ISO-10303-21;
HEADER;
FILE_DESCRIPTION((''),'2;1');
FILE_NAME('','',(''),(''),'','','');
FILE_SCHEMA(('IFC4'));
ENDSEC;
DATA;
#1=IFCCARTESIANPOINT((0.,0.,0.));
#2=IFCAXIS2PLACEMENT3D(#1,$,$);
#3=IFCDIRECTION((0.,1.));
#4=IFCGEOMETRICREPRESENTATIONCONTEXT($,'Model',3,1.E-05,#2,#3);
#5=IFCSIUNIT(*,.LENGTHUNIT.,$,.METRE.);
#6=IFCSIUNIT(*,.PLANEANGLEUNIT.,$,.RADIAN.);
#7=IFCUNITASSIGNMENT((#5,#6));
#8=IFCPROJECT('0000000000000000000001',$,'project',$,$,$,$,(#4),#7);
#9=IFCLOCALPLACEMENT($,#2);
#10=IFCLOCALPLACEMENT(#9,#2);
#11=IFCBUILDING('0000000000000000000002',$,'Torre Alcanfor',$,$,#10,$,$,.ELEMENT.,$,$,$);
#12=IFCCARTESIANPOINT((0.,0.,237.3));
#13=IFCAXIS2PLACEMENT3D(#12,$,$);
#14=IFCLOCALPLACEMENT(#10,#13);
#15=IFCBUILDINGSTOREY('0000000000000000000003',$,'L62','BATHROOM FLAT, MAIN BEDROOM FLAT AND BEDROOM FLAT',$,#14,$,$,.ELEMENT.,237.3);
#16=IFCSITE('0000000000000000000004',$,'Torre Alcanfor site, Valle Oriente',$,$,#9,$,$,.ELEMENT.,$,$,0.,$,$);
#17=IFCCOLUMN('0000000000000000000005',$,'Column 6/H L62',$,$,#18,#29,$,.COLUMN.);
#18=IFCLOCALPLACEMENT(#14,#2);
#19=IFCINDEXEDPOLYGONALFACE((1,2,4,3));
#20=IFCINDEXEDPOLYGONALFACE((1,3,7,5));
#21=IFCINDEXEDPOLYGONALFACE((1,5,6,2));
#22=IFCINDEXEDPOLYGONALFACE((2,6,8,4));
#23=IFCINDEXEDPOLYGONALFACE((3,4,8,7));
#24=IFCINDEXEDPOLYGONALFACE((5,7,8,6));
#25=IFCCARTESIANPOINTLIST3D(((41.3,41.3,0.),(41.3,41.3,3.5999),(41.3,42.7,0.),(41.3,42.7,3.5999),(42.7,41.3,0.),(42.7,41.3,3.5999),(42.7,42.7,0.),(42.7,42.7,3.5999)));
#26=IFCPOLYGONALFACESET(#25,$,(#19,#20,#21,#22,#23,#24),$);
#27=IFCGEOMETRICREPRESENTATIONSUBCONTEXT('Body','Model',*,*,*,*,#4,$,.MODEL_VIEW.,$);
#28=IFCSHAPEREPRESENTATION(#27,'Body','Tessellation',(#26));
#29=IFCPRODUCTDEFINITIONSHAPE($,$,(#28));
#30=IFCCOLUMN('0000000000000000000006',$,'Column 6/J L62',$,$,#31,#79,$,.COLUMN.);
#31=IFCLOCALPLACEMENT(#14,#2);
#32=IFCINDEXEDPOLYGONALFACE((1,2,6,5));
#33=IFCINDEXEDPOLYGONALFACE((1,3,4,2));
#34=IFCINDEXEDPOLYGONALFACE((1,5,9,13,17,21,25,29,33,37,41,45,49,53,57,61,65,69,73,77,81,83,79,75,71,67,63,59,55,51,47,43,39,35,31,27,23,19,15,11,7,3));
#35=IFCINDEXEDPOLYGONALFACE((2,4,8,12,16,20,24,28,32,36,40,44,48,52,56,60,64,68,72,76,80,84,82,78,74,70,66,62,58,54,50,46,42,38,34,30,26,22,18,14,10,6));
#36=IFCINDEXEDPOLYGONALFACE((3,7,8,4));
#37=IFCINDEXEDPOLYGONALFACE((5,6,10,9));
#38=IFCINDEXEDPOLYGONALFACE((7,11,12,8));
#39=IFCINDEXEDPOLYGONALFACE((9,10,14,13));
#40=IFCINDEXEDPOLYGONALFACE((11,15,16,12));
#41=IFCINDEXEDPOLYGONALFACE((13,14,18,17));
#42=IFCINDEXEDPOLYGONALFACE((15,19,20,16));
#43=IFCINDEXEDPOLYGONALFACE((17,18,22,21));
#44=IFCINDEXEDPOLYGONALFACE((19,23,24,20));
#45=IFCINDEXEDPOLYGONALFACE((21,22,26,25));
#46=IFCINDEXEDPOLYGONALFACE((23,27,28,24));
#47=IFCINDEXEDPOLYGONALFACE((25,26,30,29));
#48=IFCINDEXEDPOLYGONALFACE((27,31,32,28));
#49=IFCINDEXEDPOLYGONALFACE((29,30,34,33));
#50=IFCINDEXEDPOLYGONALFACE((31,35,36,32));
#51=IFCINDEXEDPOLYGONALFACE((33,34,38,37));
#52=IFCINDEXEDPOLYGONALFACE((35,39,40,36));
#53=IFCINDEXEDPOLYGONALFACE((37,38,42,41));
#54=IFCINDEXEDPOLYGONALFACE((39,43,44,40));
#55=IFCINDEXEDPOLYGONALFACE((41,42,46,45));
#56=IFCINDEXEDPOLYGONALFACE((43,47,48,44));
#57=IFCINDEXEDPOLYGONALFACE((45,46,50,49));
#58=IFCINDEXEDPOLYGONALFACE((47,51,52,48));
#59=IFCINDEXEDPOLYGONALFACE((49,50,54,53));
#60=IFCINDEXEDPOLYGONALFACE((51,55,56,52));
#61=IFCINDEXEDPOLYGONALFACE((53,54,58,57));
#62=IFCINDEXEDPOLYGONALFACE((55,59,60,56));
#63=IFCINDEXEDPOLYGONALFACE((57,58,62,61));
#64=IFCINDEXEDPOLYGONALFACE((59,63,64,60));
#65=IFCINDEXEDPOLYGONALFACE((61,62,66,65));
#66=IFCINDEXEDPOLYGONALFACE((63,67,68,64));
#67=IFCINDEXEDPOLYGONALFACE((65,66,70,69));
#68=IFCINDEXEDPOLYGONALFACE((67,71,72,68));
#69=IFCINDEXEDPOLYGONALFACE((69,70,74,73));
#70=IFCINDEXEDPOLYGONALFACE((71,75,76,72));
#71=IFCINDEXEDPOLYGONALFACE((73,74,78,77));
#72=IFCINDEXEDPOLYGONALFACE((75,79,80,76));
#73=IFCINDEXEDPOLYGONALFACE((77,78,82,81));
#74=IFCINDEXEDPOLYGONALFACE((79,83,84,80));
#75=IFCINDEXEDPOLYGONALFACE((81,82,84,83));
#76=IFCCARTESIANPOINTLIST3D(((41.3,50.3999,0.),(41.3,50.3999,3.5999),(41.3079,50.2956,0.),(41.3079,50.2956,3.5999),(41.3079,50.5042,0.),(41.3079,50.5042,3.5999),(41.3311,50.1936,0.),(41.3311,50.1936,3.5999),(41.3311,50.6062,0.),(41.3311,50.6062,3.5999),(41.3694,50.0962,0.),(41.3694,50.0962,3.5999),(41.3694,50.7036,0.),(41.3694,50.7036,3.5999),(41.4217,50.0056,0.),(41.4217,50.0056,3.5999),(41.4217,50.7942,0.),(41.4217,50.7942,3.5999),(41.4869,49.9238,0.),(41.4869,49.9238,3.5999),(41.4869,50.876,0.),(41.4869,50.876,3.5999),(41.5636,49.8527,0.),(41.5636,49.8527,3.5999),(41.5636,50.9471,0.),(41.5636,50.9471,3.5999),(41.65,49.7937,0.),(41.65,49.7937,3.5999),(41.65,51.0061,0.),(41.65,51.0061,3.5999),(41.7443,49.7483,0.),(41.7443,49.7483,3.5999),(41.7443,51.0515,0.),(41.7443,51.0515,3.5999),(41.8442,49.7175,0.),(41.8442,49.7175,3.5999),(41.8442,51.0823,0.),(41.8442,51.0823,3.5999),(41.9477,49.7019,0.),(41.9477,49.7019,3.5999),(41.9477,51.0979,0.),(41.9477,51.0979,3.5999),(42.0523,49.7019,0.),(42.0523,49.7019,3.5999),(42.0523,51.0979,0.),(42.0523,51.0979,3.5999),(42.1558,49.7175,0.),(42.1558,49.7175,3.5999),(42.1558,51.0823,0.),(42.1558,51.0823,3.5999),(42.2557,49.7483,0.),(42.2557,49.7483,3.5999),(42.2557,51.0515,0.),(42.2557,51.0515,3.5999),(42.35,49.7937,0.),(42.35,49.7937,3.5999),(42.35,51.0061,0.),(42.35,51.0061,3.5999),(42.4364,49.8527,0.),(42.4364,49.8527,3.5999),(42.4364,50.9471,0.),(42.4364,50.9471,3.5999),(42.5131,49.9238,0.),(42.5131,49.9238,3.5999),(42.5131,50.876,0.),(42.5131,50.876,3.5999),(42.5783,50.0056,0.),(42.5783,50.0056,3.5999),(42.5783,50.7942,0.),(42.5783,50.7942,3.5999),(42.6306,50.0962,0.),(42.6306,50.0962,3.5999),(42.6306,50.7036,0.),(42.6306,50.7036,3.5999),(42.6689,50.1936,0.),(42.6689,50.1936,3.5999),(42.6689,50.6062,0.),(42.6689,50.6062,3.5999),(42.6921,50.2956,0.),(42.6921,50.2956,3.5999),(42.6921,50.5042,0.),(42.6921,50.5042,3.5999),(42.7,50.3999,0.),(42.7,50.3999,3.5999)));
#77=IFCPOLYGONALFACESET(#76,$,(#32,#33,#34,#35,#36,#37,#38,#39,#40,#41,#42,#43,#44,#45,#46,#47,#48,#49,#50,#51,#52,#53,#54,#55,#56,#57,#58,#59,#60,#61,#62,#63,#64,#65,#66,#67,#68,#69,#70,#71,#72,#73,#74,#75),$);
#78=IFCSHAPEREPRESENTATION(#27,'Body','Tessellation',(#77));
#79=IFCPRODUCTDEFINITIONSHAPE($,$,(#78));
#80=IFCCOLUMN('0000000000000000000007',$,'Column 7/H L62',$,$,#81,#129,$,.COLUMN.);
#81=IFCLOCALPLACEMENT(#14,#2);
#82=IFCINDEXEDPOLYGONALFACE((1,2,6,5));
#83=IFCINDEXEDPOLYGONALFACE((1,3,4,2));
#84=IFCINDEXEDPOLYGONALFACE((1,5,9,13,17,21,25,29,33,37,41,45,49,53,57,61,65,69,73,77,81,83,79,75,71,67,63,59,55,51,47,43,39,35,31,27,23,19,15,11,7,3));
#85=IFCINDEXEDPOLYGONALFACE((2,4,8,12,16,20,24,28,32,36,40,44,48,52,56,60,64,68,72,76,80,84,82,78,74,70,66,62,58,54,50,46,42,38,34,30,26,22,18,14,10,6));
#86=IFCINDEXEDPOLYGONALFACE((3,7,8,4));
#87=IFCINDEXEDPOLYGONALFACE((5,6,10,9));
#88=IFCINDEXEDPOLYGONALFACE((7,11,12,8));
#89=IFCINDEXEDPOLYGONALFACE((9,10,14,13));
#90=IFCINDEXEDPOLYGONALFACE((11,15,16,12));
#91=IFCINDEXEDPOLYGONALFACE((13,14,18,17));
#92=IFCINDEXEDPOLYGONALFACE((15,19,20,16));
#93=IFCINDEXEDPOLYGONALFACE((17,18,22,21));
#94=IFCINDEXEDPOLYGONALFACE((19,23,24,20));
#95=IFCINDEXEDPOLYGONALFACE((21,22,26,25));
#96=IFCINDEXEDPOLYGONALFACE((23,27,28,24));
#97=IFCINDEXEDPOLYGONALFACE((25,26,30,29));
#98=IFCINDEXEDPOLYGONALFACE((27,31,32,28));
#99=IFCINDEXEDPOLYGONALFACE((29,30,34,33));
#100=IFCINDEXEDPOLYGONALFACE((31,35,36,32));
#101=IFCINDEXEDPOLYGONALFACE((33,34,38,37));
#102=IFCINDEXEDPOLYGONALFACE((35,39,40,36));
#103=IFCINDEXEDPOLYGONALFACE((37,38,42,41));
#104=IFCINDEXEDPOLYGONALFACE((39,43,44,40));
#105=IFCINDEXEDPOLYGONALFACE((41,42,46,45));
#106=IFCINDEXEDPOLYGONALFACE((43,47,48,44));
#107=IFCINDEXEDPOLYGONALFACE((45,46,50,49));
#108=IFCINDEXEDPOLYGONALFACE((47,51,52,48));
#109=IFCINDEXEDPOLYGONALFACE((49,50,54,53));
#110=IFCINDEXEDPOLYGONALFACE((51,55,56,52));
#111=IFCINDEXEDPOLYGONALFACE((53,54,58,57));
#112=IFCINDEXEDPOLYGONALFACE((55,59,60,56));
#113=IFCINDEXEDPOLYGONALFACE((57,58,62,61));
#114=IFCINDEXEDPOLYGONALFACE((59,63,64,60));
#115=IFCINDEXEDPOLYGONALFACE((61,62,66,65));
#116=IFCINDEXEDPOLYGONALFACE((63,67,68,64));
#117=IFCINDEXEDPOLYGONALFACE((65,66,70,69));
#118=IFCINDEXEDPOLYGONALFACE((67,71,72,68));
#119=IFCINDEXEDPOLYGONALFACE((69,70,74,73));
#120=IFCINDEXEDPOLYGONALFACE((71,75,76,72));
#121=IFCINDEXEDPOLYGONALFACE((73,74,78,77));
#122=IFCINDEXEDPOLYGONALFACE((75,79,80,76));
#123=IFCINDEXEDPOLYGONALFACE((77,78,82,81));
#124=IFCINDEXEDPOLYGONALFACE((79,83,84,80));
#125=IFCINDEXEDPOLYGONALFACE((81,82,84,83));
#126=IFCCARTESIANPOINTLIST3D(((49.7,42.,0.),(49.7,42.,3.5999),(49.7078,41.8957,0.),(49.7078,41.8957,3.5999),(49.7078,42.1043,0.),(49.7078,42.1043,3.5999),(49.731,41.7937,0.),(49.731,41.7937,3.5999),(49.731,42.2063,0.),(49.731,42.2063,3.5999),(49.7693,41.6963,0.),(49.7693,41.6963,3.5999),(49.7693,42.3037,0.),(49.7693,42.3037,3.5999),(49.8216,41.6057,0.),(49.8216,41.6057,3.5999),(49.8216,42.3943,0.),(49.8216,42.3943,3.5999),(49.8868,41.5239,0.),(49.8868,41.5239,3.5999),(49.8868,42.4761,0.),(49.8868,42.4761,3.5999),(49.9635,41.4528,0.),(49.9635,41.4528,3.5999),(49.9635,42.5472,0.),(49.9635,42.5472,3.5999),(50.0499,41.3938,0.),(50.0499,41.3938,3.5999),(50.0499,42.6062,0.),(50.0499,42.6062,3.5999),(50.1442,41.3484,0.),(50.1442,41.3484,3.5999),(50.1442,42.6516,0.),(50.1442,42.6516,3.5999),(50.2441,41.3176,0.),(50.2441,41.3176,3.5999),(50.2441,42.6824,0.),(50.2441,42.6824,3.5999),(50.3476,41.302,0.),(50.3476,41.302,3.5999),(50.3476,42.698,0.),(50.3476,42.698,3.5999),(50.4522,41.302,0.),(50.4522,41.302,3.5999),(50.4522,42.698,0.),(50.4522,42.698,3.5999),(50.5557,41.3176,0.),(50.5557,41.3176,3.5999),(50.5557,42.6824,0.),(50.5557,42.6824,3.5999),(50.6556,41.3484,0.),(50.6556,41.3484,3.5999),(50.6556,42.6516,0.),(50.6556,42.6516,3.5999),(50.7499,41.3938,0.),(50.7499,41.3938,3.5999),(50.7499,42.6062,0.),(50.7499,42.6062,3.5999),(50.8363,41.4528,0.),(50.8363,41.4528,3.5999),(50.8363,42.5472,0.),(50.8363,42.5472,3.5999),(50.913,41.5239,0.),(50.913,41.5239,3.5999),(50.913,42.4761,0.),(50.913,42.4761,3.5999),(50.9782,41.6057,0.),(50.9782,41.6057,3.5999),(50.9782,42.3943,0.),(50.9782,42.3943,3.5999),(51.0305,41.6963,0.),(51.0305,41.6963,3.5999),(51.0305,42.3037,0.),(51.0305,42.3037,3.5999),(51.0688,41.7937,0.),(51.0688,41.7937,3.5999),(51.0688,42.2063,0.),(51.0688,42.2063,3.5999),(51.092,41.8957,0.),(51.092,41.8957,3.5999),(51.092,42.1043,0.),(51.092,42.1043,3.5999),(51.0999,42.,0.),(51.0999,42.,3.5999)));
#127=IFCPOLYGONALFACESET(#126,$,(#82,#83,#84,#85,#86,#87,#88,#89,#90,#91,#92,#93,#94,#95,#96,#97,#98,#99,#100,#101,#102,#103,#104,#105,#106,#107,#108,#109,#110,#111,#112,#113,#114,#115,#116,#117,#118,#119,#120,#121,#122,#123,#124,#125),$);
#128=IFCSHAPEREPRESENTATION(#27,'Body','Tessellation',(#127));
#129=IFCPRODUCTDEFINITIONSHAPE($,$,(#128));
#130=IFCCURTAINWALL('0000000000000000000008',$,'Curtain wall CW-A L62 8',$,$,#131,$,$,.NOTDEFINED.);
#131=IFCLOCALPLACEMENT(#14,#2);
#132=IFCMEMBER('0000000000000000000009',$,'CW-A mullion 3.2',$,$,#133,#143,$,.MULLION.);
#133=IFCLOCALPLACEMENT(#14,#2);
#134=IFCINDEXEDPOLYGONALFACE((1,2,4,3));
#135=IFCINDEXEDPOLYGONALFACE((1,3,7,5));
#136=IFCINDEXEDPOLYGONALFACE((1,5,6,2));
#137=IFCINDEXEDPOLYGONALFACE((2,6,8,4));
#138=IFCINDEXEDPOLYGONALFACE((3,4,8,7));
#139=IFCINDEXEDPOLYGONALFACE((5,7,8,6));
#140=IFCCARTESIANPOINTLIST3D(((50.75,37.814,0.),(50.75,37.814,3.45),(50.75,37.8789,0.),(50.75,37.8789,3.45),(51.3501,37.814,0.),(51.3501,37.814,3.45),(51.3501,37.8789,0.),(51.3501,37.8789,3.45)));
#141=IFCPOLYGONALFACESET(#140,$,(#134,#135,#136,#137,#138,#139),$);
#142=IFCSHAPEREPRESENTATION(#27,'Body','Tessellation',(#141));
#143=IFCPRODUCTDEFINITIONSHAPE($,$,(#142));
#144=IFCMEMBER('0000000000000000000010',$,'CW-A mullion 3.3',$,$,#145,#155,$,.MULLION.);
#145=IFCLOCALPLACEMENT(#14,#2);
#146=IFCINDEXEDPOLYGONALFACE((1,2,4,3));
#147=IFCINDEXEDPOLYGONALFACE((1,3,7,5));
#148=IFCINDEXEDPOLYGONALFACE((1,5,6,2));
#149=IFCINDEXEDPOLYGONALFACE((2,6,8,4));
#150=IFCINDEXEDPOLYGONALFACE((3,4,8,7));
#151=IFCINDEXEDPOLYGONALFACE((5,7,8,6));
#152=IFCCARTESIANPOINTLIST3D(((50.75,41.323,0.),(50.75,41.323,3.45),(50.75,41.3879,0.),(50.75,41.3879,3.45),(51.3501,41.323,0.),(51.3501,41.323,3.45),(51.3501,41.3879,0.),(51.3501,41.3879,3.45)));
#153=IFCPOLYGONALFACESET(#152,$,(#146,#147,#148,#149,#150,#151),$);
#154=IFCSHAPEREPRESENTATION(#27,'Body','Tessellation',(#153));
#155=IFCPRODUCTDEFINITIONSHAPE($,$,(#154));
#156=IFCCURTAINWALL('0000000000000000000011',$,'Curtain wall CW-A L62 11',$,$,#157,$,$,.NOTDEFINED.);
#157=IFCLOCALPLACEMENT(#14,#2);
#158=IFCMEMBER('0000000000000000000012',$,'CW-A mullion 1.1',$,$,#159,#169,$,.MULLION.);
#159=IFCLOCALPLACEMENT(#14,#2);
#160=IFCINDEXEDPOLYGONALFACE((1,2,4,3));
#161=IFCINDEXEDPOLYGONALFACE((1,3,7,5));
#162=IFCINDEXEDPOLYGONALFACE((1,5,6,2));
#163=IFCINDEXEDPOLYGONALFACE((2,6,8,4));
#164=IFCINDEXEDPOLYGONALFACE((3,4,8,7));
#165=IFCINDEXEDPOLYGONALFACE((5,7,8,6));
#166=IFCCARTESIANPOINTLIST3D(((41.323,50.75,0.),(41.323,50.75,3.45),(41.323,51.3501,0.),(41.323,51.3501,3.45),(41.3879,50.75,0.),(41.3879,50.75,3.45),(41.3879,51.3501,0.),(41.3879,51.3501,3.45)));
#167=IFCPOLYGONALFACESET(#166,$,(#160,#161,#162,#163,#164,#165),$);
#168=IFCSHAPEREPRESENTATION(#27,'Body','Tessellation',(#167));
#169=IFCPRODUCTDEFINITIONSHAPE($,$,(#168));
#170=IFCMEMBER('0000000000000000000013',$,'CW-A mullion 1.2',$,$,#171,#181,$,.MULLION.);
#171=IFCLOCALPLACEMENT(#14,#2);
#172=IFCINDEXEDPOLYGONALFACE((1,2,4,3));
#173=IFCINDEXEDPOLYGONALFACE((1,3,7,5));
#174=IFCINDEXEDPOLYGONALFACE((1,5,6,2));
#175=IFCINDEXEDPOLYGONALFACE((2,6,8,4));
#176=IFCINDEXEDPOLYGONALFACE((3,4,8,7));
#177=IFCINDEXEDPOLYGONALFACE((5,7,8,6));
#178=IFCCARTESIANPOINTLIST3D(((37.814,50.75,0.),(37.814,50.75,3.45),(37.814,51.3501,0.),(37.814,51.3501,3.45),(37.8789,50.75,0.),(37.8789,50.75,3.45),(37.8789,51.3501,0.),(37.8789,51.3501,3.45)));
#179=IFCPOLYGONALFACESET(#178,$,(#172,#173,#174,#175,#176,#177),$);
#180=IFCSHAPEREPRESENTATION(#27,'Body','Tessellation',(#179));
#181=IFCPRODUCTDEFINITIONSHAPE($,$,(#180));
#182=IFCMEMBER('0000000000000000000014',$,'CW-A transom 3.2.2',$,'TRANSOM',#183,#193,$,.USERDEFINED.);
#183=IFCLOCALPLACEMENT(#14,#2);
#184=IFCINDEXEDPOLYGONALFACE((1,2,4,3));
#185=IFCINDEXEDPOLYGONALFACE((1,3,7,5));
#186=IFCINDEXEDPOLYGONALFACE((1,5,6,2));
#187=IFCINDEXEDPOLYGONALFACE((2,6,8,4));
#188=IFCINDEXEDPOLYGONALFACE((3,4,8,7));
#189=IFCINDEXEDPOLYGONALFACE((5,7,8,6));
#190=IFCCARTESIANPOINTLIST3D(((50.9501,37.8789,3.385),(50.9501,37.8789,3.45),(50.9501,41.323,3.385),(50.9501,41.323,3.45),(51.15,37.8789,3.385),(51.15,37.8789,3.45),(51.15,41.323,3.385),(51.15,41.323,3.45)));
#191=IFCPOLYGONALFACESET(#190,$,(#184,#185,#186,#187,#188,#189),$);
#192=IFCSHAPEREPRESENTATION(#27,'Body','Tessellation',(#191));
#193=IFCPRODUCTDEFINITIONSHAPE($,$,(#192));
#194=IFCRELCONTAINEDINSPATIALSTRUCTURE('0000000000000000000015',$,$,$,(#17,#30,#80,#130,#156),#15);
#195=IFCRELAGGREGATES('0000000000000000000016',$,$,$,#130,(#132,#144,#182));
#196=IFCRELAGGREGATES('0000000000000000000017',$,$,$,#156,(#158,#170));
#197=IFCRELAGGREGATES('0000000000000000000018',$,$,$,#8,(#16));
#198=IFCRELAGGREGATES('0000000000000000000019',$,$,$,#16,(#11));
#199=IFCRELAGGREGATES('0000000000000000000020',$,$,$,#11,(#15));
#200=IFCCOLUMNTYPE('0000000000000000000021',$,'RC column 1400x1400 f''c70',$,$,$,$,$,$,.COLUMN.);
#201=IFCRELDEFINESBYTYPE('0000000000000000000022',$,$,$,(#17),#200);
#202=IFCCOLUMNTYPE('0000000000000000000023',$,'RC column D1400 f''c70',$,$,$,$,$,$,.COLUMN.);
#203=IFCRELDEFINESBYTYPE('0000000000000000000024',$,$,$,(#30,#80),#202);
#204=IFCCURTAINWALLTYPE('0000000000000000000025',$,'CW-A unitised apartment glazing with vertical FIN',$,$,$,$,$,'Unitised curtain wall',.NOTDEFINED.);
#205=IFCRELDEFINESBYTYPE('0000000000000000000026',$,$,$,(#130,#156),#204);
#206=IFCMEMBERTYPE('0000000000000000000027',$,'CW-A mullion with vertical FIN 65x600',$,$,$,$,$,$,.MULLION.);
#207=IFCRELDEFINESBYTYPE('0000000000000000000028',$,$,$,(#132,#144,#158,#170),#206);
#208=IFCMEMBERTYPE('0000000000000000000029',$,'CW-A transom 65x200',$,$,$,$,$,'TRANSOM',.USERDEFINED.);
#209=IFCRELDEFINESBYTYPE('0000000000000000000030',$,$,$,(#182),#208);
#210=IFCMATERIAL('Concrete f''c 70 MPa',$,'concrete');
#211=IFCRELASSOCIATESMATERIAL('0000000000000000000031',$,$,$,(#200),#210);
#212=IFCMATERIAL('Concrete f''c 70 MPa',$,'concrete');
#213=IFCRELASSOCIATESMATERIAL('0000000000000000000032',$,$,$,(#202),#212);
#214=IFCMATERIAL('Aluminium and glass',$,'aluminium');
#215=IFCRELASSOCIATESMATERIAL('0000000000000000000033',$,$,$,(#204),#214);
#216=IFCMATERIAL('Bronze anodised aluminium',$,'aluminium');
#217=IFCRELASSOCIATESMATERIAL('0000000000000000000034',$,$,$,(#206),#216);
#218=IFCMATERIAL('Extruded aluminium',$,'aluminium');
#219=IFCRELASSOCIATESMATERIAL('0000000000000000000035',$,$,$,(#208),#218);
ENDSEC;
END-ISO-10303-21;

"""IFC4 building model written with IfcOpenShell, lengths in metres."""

from ifc_helpers import new_model, si_unit, direction, frame, origin, origin_2d, place, context, subcontext, project, spatial, rectangle, circle, extrude, material, material_profile, profile_set, type_object, element, aggregate, save


model = new_model("IFC4")

# Units and contexts
model_context = context("Model", 3, precision=1e-05, world=origin(), true_north=direction((0.0, 1.0)))
body_context = subcontext(model_context, "Body", "Model", "MODEL_VIEW")
ifc_project = project(units=[si_unit("LENGTHUNIT", "METRE"), si_unit("PLANEANGLEUNIT", "RADIAN")], contexts=[model_context])

# Site, building, storey
site_placement = place(None, origin())
site = spatial("IfcSite", under=ifc_project, at=site_placement, Name="Torre Alcanfor site, Valle Oriente", CompositionType="ELEMENT", RefElevation=0.0)
building_placement = place(site_placement, origin())
building = spatial("IfcBuilding", under=site, at=building_placement, Name="Torre Alcanfor", CompositionType="ELEMENT")
storey_placement = place(building_placement, frame((0.0, 0.0, 237.3)))
storey = spatial("IfcBuildingStorey", under=building, at=storey_placement, Name="L62", Description="BATHROOM FLAT, MAIN BEDROOM FLAT AND BEDROOM FLAT", CompositionType="ELEMENT", Elevation=237.3)

# Columns
ifc_material_1 = material(Name="Concrete f'c 70 MPa", Category="concrete")
ifc_material_profile_1 = material_profile(ifc_material_1, rectangle(XDim=1.3999, YDim=1.3999, at=origin_2d()), Name="1400x1400")
ifc_profile_set_1 = profile_set([ifc_material_profile_1], Name="Concrete f'c 70 MPa")
column_type_1 = type_object("IfcColumnType", Name="RC column 1400x1400 f'c70", PredefinedType="COLUMN", material=ifc_profile_set_1)
column_placement = place(storey_placement, frame((42.0, 42.0, 0.0), z_axis=(0.0, 0.0, 1.0), x_axis=(1.0, 0.0, 0.0)))
element("IfcColumn", 1, at=column_placement, inside=storey, type_object=column_type_1, Name="Column 6/H L62", PredefinedType="COLUMN", context=body_context, shape_type="SweptSolid", body=[
    extrude(rectangle(XDim=1.3999, YDim=1.3999, at=origin_2d()), origin(), (0.0, 0.0, 1.0), 3.5999),
])
ifc_material_2 = material(Name="Concrete f'c 70 MPa", Category="concrete")
ifc_material_profile_2 = material_profile(ifc_material_2, circle(Radius=0.7, at=origin_2d()), Name="D1400")
ifc_profile_set_2 = profile_set([ifc_material_profile_2], Name="Concrete f'c 70 MPa")
column_type_2 = type_object("IfcColumnType", Name="RC column D1400 f'c70", PredefinedType="COLUMN", material=ifc_profile_set_2)
for number, where, z_axis, x_axis, name in (
    (2, (42.0, 50.3999, 0.0), (0.0, 0.0, 1.0), (1.0, 0.0, 0.0), "Column 6/J L62"),
    (3, (50.3999, 42.0, 0.0), (0.0, 0.0, 1.0), (1.0, 0.0, 0.0), "Column 7/H L62"),
):
    element("IfcColumn", number, at=place(storey_placement, frame(where, z_axis=z_axis, x_axis=x_axis)), inside=storey, type_object=column_type_2, Name=name, PredefinedType="COLUMN", context=body_context, shape_type="SweptSolid", body=[
        extrude(circle(Radius=0.7, at=origin_2d()), origin(), (0.0, 0.0, 1.0), 3.5999),
    ])

# Curtain walls, members
ifc_material_3 = material(Name="Aluminium and glass", Category="aluminium")
curtain_wall_type = type_object("IfcCurtainWallType", Name="CW-A unitised apartment glazing with vertical FIN", ElementType="Unitised curtain wall", PredefinedType="NOTDEFINED", material=ifc_material_3)
curtain_wall_1_placement = place(storey_placement, origin())
curtain_wall_1 = element("IfcCurtainWall", 4, at=curtain_wall_1_placement, inside=storey, type_object=curtain_wall_type, Name="Curtain wall CW-A L62 8", PredefinedType="NOTDEFINED")
ifc_material_4 = material(Name="Bronze anodised aluminium", Category="aluminium")
ifc_material_profile_3 = material_profile(ifc_material_4, rectangle(XDim=0.6001, YDim=0.0649, at=origin_2d()), Name="CW-A mullion 65x600")
ifc_profile_set_3 = profile_set([ifc_material_profile_3], Name="Bronze anodised aluminium")
member_type_1 = type_object("IfcMemberType", Name="CW-A mullion with vertical FIN 65x600", PredefinedType="MULLION", material=ifc_profile_set_3)
member_1_placement = place(storey_placement, frame((51.05, 37.8464, 0.0), z_axis=(0.0, 0.0, 1.0), x_axis=(-1.0, 0.0, 0.0)))
member_1 = element("IfcMember", 5, at=member_1_placement, type_object=member_type_1, Name="CW-A mullion 3.2", PredefinedType="MULLION", context=body_context, shape_type="SweptSolid", body=[
    extrude(rectangle(XDim=0.6001, YDim=0.0649, at=origin_2d()), origin(), (0.0, 0.0, 1.0), 3.45),
])
member_2_placement = place(storey_placement, frame((51.05, 41.3555, 0.0), z_axis=(0.0, 0.0, 1.0), x_axis=(-1.0, 0.0, 0.0)))
member_2 = element("IfcMember", 6, at=member_2_placement, type_object=member_type_1, Name="CW-A mullion 3.3", PredefinedType="MULLION", context=body_context, shape_type="SweptSolid", body=[
    extrude(rectangle(XDim=0.6001, YDim=0.0649, at=origin_2d()), origin(), (0.0, 0.0, 1.0), 3.45),
])
curtain_wall_2_placement = place(storey_placement, origin())
curtain_wall_2 = element("IfcCurtainWall", 7, at=curtain_wall_2_placement, inside=storey, type_object=curtain_wall_type, Name="Curtain wall CW-A L62 11", PredefinedType="NOTDEFINED")
member_3_placement = place(storey_placement, frame((41.3555, 51.05, 0.0), z_axis=(0.0, 0.0, 1.0), x_axis=(0.0, -1.0, 0.0)))
member_3 = element("IfcMember", 8, at=member_3_placement, type_object=member_type_1, Name="CW-A mullion 1.1", PredefinedType="MULLION", context=body_context, shape_type="SweptSolid", body=[
    extrude(rectangle(XDim=0.6001, YDim=0.0649, at=origin_2d()), origin(), (0.0, 0.0, 1.0), 3.45),
])
member_4_placement = place(storey_placement, frame((37.8464, 51.05, 0.0), z_axis=(0.0, 0.0, 1.0), x_axis=(0.0, -1.0, 0.0)))
member_4 = element("IfcMember", 9, at=member_4_placement, type_object=member_type_1, Name="CW-A mullion 1.2", PredefinedType="MULLION", context=body_context, shape_type="SweptSolid", body=[
    extrude(rectangle(XDim=0.6001, YDim=0.0649, at=origin_2d()), origin(), (0.0, 0.0, 1.0), 3.45),
])

# Member
ifc_material_5 = material(Name="Extruded aluminium", Category="aluminium")
ifc_material_profile_4 = material_profile(ifc_material_5, rectangle(XDim=0.2, YDim=0.0649, at=origin_2d()), Name="CW-A transom 200x65")
ifc_profile_set_4 = profile_set([ifc_material_profile_4], Name="Extruded aluminium")
member_type_2 = type_object("IfcMemberType", Name="CW-A transom 65x200", ElementType="TRANSOM", PredefinedType="USERDEFINED", material=ifc_profile_set_4)
member_5_placement = place(storey_placement, frame((51.05, 37.8789, 3.4175), z_axis=(0.0, 1.0, 0.0), x_axis=(-1.0, 0.0, 0.0)))
member_5 = element("IfcMember", 10, at=member_5_placement, type_object=member_type_2, Name="CW-A transom 3.2.2", ObjectType="TRANSOM", PredefinedType="USERDEFINED", context=body_context, shape_type="SweptSolid", body=[
    extrude(rectangle(XDim=0.2, YDim=0.0649, at=origin_2d()), origin(), (0.0, 0.0, 1.0), 3.4441),
])

aggregate(curtain_wall_1, [member_1, member_2, member_5])
aggregate(curtain_wall_2, [member_3, member_4])

save(model, "model.ifc")
